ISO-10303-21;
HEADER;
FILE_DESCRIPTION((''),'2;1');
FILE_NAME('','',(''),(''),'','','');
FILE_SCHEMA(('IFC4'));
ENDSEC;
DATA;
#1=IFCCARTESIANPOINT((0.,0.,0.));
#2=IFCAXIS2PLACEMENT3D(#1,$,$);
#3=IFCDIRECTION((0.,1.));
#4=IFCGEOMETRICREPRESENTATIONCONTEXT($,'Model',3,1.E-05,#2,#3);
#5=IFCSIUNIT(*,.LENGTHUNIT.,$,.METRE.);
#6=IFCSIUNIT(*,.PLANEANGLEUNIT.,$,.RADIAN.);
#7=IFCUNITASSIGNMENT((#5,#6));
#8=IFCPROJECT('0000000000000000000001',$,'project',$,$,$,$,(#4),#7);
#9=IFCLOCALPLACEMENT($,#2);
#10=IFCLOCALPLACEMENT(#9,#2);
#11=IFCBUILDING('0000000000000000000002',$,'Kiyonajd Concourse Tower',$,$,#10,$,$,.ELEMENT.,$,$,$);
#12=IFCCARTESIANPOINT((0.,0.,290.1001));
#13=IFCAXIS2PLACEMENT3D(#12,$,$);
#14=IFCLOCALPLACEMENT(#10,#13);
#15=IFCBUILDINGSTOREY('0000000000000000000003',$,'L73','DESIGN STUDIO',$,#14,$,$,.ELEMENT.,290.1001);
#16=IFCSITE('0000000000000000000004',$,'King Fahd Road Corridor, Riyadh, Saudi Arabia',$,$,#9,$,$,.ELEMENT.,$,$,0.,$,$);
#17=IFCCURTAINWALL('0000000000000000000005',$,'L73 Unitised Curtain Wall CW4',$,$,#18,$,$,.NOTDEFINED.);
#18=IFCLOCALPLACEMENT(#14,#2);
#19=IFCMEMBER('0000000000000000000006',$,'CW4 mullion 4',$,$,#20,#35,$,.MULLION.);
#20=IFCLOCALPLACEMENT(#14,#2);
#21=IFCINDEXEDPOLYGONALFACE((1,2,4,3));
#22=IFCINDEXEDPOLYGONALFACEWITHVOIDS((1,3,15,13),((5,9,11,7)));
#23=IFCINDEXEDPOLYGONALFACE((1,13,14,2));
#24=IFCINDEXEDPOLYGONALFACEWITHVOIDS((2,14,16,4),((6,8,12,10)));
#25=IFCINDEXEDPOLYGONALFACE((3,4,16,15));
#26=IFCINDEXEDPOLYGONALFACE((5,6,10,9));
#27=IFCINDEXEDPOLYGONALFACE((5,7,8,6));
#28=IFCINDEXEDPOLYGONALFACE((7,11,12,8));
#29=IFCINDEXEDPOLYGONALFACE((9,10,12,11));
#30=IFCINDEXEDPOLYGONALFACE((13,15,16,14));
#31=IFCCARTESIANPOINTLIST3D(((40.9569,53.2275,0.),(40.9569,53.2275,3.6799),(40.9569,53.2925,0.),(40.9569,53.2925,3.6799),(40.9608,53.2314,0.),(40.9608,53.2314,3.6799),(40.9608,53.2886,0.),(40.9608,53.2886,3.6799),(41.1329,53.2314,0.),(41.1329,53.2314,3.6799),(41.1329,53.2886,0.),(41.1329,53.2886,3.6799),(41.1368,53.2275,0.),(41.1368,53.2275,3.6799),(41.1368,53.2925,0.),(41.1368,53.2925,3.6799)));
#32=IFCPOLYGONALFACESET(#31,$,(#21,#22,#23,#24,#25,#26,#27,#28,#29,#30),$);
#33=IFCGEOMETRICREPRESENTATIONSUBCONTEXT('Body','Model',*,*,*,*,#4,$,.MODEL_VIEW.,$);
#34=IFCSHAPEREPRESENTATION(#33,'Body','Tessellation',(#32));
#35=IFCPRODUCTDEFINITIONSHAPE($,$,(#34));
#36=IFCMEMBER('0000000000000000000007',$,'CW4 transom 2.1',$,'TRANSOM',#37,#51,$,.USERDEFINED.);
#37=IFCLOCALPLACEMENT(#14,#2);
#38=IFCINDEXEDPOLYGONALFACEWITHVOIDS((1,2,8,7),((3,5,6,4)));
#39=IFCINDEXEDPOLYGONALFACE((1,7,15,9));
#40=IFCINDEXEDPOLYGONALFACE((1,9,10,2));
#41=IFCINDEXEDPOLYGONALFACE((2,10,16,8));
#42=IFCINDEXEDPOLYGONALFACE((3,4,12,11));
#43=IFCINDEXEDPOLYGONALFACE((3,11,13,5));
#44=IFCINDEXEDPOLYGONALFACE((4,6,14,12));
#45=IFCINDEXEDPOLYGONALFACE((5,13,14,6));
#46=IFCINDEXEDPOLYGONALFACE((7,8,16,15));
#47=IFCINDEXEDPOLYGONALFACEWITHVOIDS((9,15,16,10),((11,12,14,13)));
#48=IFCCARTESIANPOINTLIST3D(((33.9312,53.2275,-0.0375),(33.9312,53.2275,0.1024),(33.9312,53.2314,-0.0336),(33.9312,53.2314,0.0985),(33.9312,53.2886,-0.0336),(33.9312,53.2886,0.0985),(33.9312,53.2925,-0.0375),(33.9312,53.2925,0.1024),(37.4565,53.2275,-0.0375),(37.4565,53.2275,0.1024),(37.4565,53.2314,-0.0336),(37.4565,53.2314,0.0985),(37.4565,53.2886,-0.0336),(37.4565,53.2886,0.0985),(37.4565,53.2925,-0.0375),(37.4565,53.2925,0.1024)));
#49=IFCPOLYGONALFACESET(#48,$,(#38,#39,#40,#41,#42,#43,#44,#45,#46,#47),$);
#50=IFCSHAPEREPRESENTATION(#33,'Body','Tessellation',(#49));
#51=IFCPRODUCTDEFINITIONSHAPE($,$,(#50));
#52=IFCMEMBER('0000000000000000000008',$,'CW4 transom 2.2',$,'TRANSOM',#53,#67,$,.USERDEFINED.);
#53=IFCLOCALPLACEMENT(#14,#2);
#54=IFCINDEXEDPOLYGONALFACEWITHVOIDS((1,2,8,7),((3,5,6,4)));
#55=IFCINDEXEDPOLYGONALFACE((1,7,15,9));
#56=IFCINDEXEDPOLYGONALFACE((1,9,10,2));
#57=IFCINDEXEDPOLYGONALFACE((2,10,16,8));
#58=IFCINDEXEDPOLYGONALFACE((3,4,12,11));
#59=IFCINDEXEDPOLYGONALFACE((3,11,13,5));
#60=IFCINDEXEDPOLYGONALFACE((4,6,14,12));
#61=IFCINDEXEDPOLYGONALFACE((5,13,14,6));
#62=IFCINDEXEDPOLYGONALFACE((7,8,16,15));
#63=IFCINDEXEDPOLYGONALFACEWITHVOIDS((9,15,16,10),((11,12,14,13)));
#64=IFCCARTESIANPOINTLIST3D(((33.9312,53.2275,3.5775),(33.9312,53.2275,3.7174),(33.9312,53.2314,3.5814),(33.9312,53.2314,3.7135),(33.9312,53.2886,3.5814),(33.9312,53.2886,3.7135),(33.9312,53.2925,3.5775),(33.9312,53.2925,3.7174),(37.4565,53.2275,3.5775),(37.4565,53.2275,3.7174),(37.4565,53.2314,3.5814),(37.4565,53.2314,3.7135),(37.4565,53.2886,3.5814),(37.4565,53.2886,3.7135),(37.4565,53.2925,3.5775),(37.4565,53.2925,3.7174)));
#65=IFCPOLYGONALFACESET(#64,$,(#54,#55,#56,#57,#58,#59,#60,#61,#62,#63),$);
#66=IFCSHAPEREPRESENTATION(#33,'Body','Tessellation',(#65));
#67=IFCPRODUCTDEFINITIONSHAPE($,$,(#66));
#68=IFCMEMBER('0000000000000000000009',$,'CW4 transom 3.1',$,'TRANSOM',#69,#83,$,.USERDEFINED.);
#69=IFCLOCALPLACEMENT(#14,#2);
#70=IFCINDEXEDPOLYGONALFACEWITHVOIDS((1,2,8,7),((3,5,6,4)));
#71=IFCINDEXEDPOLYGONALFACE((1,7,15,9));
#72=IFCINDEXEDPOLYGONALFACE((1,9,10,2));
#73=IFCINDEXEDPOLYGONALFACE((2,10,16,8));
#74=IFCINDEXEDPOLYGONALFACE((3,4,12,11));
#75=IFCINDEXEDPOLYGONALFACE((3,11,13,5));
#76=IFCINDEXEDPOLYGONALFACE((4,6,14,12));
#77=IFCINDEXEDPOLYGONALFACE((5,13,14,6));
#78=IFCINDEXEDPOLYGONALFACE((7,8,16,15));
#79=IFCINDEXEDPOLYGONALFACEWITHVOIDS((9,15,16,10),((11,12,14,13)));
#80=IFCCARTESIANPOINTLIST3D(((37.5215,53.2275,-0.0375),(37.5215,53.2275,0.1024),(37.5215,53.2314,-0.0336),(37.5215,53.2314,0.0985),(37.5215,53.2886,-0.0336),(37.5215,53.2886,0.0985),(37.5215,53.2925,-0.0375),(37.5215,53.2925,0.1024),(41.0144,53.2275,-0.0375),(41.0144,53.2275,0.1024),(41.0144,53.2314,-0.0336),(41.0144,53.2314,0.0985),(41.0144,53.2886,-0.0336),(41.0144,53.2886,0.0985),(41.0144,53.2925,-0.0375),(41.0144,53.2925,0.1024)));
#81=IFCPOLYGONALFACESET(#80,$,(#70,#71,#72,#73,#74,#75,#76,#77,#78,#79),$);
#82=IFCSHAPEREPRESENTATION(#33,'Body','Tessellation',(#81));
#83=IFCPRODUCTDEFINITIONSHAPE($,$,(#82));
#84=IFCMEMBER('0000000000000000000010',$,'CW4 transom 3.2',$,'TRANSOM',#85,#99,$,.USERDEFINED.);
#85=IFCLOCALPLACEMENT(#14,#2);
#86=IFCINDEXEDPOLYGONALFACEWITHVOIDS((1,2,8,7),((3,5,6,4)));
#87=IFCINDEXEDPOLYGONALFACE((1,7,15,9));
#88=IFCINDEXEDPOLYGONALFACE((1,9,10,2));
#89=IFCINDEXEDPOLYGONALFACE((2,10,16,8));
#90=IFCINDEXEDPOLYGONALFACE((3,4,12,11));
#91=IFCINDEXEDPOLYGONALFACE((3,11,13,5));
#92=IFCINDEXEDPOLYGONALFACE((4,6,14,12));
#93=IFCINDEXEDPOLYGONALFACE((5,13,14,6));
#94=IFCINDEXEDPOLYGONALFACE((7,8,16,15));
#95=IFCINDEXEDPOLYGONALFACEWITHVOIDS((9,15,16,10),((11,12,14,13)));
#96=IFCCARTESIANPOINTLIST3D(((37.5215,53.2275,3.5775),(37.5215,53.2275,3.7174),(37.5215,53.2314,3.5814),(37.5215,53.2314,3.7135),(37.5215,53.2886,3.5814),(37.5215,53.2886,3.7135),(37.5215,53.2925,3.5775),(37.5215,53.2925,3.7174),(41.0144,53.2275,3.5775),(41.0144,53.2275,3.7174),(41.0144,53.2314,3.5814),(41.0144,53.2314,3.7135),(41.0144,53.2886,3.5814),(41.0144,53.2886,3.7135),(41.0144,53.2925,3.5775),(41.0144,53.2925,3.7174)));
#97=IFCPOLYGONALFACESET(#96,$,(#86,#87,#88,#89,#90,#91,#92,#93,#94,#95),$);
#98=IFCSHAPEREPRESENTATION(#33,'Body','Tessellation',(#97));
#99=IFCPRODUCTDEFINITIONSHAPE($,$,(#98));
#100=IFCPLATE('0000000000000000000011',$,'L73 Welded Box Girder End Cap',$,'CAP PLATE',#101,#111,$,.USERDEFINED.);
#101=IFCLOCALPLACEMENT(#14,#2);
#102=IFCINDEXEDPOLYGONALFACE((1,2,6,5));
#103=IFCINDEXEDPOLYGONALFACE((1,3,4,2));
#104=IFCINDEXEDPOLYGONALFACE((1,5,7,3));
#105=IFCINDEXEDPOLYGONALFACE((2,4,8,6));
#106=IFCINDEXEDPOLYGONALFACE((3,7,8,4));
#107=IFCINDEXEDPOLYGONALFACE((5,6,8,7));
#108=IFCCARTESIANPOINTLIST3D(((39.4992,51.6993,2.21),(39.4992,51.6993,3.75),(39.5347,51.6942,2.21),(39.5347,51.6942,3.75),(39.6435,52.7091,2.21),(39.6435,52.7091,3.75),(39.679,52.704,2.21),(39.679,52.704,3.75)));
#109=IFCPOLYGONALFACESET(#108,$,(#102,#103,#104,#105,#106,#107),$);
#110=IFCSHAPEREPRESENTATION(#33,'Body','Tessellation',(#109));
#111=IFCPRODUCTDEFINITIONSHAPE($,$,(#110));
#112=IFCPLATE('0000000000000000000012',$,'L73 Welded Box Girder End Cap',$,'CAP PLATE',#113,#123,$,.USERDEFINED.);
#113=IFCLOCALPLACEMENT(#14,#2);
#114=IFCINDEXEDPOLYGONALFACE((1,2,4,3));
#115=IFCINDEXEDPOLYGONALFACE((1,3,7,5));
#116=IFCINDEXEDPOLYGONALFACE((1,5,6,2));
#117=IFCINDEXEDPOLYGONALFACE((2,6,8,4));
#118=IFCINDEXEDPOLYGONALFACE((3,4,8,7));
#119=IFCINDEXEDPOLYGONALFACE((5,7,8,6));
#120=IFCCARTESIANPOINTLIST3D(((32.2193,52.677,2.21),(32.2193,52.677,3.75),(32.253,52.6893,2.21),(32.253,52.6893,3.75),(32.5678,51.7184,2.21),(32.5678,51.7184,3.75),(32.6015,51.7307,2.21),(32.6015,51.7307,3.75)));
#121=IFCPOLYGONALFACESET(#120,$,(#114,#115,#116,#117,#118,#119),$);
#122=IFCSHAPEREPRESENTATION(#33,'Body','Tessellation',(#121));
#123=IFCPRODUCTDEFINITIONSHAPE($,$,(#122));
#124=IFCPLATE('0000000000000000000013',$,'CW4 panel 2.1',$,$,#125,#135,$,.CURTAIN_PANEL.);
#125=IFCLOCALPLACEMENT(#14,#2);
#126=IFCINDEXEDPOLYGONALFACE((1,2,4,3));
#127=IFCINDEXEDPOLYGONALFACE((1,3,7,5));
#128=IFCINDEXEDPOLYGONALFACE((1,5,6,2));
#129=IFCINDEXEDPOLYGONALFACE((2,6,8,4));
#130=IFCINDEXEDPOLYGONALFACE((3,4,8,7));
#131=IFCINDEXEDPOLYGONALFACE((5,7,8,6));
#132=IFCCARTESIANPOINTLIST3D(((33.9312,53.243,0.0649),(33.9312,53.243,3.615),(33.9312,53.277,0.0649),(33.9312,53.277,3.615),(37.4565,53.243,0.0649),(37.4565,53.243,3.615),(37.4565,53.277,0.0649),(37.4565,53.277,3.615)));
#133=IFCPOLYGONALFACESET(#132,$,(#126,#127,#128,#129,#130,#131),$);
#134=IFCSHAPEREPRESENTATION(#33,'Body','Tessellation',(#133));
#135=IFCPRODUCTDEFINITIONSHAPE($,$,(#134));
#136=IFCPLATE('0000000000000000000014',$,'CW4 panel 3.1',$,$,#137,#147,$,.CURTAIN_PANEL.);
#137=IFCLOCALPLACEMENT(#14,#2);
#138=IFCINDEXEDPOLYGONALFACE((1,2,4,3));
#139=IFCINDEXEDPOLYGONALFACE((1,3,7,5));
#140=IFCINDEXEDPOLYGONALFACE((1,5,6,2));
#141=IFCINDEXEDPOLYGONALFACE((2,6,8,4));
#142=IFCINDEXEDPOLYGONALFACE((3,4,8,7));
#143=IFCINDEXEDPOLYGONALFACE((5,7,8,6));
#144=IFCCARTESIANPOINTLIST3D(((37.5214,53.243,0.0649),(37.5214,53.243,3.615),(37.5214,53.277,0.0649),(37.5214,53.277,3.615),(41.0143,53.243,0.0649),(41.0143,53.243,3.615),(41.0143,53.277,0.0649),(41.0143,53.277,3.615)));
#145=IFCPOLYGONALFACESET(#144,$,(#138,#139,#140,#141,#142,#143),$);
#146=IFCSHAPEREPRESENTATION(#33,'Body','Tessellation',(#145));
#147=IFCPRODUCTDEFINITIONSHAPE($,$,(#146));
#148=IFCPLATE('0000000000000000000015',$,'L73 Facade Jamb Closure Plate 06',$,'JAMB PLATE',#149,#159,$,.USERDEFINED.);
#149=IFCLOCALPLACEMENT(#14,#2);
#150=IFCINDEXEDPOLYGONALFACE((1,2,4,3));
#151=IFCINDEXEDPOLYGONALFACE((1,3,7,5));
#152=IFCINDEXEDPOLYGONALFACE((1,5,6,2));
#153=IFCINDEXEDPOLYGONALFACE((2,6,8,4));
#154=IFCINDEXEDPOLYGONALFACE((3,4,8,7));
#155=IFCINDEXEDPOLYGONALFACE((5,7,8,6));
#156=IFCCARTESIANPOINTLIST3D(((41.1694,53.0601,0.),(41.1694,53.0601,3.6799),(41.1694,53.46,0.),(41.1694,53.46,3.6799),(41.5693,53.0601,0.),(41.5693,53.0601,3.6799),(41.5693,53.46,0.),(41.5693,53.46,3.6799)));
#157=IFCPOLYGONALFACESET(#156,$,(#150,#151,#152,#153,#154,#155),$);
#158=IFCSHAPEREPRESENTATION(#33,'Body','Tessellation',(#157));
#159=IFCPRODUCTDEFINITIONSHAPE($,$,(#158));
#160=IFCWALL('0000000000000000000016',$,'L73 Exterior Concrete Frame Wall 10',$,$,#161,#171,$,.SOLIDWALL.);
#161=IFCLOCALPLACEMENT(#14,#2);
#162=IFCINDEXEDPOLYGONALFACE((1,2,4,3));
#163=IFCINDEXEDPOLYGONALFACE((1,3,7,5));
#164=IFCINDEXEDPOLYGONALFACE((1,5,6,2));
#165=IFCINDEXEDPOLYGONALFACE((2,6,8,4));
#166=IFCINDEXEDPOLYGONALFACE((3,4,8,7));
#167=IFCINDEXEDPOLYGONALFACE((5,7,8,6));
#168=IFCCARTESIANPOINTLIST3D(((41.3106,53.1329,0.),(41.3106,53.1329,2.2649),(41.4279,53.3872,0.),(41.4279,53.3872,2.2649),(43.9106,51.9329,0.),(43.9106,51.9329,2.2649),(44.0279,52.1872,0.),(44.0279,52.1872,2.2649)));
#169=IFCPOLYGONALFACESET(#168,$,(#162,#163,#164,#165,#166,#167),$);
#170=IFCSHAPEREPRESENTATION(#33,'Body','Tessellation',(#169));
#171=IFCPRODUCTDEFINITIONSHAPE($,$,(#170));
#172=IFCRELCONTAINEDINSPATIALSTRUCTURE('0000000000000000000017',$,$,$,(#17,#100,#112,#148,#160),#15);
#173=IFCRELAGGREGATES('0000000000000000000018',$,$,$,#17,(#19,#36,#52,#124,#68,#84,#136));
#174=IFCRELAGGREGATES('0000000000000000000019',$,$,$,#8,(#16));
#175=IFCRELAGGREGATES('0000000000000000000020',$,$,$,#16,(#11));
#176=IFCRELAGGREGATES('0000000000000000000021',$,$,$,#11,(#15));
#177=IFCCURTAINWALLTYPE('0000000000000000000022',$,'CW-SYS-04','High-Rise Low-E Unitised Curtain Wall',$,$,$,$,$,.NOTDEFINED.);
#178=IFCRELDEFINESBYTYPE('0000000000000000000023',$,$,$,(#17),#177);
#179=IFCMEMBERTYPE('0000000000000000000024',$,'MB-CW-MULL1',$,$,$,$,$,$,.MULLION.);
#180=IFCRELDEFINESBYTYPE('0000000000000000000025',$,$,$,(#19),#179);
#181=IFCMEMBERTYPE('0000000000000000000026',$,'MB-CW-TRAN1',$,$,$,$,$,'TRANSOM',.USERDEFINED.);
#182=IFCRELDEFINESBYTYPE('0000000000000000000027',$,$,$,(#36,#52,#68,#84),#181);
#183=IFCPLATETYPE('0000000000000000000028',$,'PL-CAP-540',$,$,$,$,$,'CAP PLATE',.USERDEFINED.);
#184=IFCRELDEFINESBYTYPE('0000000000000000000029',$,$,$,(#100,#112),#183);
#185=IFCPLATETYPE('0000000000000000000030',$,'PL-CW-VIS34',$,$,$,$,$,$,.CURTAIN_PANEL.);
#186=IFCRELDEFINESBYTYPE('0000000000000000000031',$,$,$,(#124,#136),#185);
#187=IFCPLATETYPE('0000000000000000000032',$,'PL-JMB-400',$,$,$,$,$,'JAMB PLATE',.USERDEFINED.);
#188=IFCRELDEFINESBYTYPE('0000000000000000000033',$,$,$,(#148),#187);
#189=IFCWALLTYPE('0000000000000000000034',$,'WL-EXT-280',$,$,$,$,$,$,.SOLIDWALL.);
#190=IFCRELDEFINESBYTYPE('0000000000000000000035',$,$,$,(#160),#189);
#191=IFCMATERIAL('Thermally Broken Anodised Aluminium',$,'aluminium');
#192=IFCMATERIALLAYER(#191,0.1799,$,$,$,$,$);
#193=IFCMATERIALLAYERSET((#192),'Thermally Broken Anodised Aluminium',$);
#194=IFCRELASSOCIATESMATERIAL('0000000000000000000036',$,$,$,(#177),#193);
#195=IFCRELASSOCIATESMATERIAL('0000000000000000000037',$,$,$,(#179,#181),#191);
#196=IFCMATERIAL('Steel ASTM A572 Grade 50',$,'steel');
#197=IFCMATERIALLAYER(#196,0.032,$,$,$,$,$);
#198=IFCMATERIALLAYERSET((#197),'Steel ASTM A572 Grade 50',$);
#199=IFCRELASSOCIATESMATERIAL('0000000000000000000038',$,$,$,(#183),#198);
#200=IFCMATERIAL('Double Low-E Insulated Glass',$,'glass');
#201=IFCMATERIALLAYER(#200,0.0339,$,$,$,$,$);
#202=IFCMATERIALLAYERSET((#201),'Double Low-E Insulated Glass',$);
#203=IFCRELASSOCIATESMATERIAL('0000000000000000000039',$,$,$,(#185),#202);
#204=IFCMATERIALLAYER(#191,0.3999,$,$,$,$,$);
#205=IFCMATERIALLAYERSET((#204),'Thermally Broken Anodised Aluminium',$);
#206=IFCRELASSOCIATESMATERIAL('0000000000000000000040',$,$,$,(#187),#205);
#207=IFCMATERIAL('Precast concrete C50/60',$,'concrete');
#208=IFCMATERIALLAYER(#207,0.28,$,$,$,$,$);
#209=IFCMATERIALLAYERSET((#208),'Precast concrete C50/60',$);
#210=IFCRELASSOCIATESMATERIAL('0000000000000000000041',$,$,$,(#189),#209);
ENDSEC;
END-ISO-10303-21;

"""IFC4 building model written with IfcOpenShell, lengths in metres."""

from ifc_helpers import new_model, si_unit, direction, frame, frame_2d, origin, origin_2d, place, context, subcontext, project, spatial, rectangle, hollow_rectangle, extrude, material, layer, layer_set, material_profile, profile_set, type_object, element, aggregate, save


model = new_model("IFC4")

# Units and contexts
model_context = context("Model", 3, precision=1e-05, world=origin(), true_north=direction((0.0, 1.0)))
body_context = subcontext(model_context, "Body", "Model", "MODEL_VIEW")
ifc_project = project(units=[si_unit("LENGTHUNIT", "METRE"), si_unit("PLANEANGLEUNIT", "RADIAN")], contexts=[model_context])

# Site, building, storey
site_placement = place(None, origin())
site = spatial("IfcSite", under=ifc_project, at=site_placement, Name="King Fahd Road Corridor, Riyadh, Saudi Arabia", CompositionType="ELEMENT", RefElevation=0.0)
building_placement = place(site_placement, origin())
building = spatial("IfcBuilding", under=site, at=building_placement, Name="Kiyonajd Concourse Tower", CompositionType="ELEMENT")
storey_placement = place(building_placement, frame((0.0, 0.0, 290.1001)))
storey = spatial("IfcBuildingStorey", under=building, at=storey_placement, Name="L73", Description="DESIGN STUDIO", CompositionType="ELEMENT", Elevation=290.1001)

# Shared definitions
ifc_material_1 = material(Name="Steel ASTM A572 Grade 50", Category="steel")

# Curtain wall, members
ifc_material_2 = material(Name="Thermally Broken Anodised Aluminium", Category="aluminium")
ifc_layer_1 = layer(ifc_material_2, 0.1799)
ifc_layer_set_1 = layer_set([ifc_layer_1], Name="Thermally Broken Anodised Aluminium")
curtain_wall_type = type_object("IfcCurtainWallType", Name="CW-SYS-04", Description="High-Rise Low-E Unitised Curtain Wall", PredefinedType="NOTDEFINED", material=ifc_layer_set_1)
curtain_wall_placement = place(storey_placement, origin())
curtain_wall = element("IfcCurtainWall", 1, at=curtain_wall_placement, inside=storey, type_object=curtain_wall_type, Name="L73 Unitised Curtain Wall CW4", PredefinedType="NOTDEFINED")
ifc_material_profile_1 = material_profile(ifc_material_2, hollow_rectangle(XDim=0.0649, YDim=0.1799, WallThickness=0.0039, at=origin_2d()), Name="MULL-65x180")
ifc_profile_set_1 = profile_set([ifc_material_profile_1], Name="Thermally Broken Anodised Aluminium")
member_type_1 = type_object("IfcMemberType", Name="MB-CW-MULL1", PredefinedType="MULLION", material=ifc_profile_set_1)
member_1_placement = place(storey_placement, frame((41.0469, 53.26, 0.0), z_axis=(0.0, 0.0, 1.0), x_axis=(0.0, 1.0, 0.0)))
member_1 = element("IfcMember", 2, at=member_1_placement, type_object=member_type_1, Name="CW4 mullion 4", PredefinedType="MULLION", context=body_context, shape_type="SweptSolid", body=[
    extrude(hollow_rectangle(XDim=0.0649, YDim=0.1799, WallThickness=0.0039, at=origin_2d()), origin(), (0.0, 0.0, 1.0), 3.6799),
])
ifc_material_profile_2 = material_profile(ifc_material_2, hollow_rectangle(XDim=0.0649, YDim=0.1399, WallThickness=0.0039, at=origin_2d()), Name="TRAN-65x140")
ifc_profile_set_2 = profile_set([ifc_material_profile_2], Name="Thermally Broken Anodised Aluminium")
member_type_2 = type_object("IfcMemberType", Name="MB-CW-TRAN1", ElementType="TRANSOM", PredefinedType="USERDEFINED", material=ifc_profile_set_2)
member_2_placement = place(storey_placement, frame((33.9312, 53.26, 0.0325), z_axis=(1.0, 0.0, 0.0), x_axis=(0.0, 1.0, 0.0)))
member_2 = element("IfcMember", 3, at=member_2_placement, type_object=member_type_2, Name="CW4 transom 2.1", ObjectType="TRANSOM", PredefinedType="USERDEFINED", context=body_context, shape_type="SweptSolid", body=[
    extrude(hollow_rectangle(XDim=0.0649, YDim=0.1399, WallThickness=0.0039, at=origin_2d()), origin(), (0.0, 0.0, 1.0), 3.5254),
])
member_3_placement = place(storey_placement, frame((33.9312, 53.26, 3.6475), z_axis=(1.0, 0.0, 0.0), x_axis=(0.0, 1.0, 0.0)))
member_3 = element("IfcMember", 4, at=member_3_placement, type_object=member_type_2, Name="CW4 transom 2.2", ObjectType="TRANSOM", PredefinedType="USERDEFINED", context=body_context, shape_type="SweptSolid", body=[
    extrude(hollow_rectangle(XDim=0.0649, YDim=0.1399, WallThickness=0.0039, at=origin_2d()), origin(), (0.0, 0.0, 1.0), 3.5254),
])
member_4_placement = place(storey_placement, frame((37.5215, 53.26, 0.0325), z_axis=(1.0, 0.0, 0.0), x_axis=(0.0, 1.0, 0.0)))
member_4 = element("IfcMember", 5, at=member_4_placement, type_object=member_type_2, Name="CW4 transom 3.1", ObjectType="TRANSOM", PredefinedType="USERDEFINED", context=body_context, shape_type="SweptSolid", body=[
    extrude(hollow_rectangle(XDim=0.0649, YDim=0.1399, WallThickness=0.0039, at=origin_2d()), origin(), (0.0, 0.0, 1.0), 3.4929),
])
member_5_placement = place(storey_placement, frame((37.5215, 53.26, 3.6475), z_axis=(1.0, 0.0, 0.0), x_axis=(0.0, 1.0, 0.0)))
member_5 = element("IfcMember", 6, at=member_5_placement, type_object=member_type_2, Name="CW4 transom 3.2", ObjectType="TRANSOM", PredefinedType="USERDEFINED", context=body_context, shape_type="SweptSolid", body=[
    extrude(hollow_rectangle(XDim=0.0649, YDim=0.1399, WallThickness=0.0039, at=origin_2d()), origin(), (0.0, 0.0, 1.0), 3.4929),
])

# Plates
ifc_layer_2 = layer(ifc_material_1, 0.032)
ifc_layer_set_2 = layer_set([ifc_layer_2], Name="Steel ASTM A572 Grade 50")
plate_type_1 = type_object("IfcPlateType", Name="PL-CAP-540", ElementType="CAP PLATE", PredefinedType="USERDEFINED", material=ifc_layer_set_2)
for number, where, z_axis, x_axis, name in (
    (7, (39.5891, 52.2017, 2.21), (0.0, 0.0, 1.0), (-0.98995, 0.14142, 0.0), "L73 Welded Box Girder End Cap"),
    (8, (32.4104, 52.2039, 2.21), (0.0, 0.0, 1.0), (0.939812, 0.341692, 0.0), "L73 Welded Box Girder End Cap"),
):
    element("IfcPlate", number, at=place(storey_placement, frame(where, z_axis=z_axis, x_axis=x_axis)), inside=storey, type_object=plate_type_1, Name=name, ObjectType="CAP PLATE", PredefinedType="USERDEFINED", context=body_context, shape_type="SweptSolid", body=[
        extrude(rectangle(XDim=0.0359, YDim=1.02, at=origin_2d()), origin(), (0.0, 0.0, 1.0), 1.54),
    ])

# Plates
ifc_material_3 = material(Name="Double Low-E Insulated Glass", Category="glass")
ifc_layer_3 = layer(ifc_material_3, 0.0339)
ifc_layer_set_3 = layer_set([ifc_layer_3], Name="Double Low-E Insulated Glass")
plate_type_2 = type_object("IfcPlateType", Name="PL-CW-VIS34", PredefinedType="CURTAIN_PANEL", material=ifc_layer_set_3)
plate_1_placement = place(storey_placement, frame((35.6938, 53.26, 0.0649), z_axis=(0.0, 0.0, 1.0), x_axis=(1.0, 0.0, 0.0)))
plate_1 = element("IfcPlate", 9, at=plate_1_placement, type_object=plate_type_2, Name="CW4 panel 2.1", PredefinedType="CURTAIN_PANEL", context=body_context, shape_type="SweptSolid", body=[
    extrude(rectangle(XDim=3.5254, YDim=0.0339, at=origin_2d()), origin(), (0.0, 0.0, 1.0), 3.55),
])
plate_2_placement = place(storey_placement, frame((39.2678, 53.26, 0.0649), z_axis=(0.0, 0.0, 1.0), x_axis=(1.0, 0.0, 0.0)))
plate_2 = element("IfcPlate", 10, at=plate_2_placement, type_object=plate_type_2, Name="CW4 panel 3.1", PredefinedType="CURTAIN_PANEL", context=body_context, shape_type="SweptSolid", body=[
    extrude(rectangle(XDim=3.4929, YDim=0.0339, at=origin_2d()), origin(), (0.0, 0.0, 1.0), 3.55),
])
aggregate(curtain_wall, [member_1, member_2, member_3, plate_1, member_4, member_5, plate_2])
ifc_layer_4 = layer(ifc_material_2, 0.3999)
ifc_layer_set_4 = layer_set([ifc_layer_4], Name="Thermally Broken Anodised Aluminium")
plate_type_3 = type_object("IfcPlateType", Name="PL-JMB-400", ElementType="JAMB PLATE", PredefinedType="USERDEFINED", material=ifc_layer_set_4)
plate_3_placement = place(storey_placement, frame((41.3694, 53.26, 0.0), z_axis=(0.0, 0.0, 1.0), x_axis=(1.0, 0.0, 0.0)))
element("IfcPlate", 11, at=plate_3_placement, inside=storey, type_object=plate_type_3, Name="L73 Facade Jamb Closure Plate 06", ObjectType="JAMB PLATE", PredefinedType="USERDEFINED", context=body_context, shape_type="SweptSolid", body=[
    extrude(rectangle(XDim=0.3999, YDim=0.3999, at=origin_2d()), origin(), (0.0, 0.0, 1.0), 3.6799),
])

# Wall
ifc_material_4 = material(Name="Precast concrete C50/60", Category="concrete")
ifc_layer_5 = layer(ifc_material_4, 0.28)
ifc_layer_set_5 = layer_set([ifc_layer_5], Name="Precast concrete C50/60")
wall_type = type_object("IfcWallType", Name="WL-EXT-280", PredefinedType="SOLIDWALL", material=ifc_layer_set_5)
wall_1_placement = place(storey_placement, frame((41.3694, 53.26, 0.0), z_axis=(0.0, 0.0, 1.0), x_axis=(0.907957, -0.419064, 0.0)))
element("IfcWall", 12, at=wall_1_placement, inside=storey, type_object=wall_type, Name="L73 Exterior Concrete Frame Wall 10", PredefinedType="SOLIDWALL", context=body_context, shape_type="SweptSolid", body=[
    extrude(rectangle(XDim=2.8635, YDim=0.28, at=frame_2d((1.4316, 0.0))), origin(), (0.0, 0.0, 1.0), 2.2649),
])

save(model, "model.ifc")
